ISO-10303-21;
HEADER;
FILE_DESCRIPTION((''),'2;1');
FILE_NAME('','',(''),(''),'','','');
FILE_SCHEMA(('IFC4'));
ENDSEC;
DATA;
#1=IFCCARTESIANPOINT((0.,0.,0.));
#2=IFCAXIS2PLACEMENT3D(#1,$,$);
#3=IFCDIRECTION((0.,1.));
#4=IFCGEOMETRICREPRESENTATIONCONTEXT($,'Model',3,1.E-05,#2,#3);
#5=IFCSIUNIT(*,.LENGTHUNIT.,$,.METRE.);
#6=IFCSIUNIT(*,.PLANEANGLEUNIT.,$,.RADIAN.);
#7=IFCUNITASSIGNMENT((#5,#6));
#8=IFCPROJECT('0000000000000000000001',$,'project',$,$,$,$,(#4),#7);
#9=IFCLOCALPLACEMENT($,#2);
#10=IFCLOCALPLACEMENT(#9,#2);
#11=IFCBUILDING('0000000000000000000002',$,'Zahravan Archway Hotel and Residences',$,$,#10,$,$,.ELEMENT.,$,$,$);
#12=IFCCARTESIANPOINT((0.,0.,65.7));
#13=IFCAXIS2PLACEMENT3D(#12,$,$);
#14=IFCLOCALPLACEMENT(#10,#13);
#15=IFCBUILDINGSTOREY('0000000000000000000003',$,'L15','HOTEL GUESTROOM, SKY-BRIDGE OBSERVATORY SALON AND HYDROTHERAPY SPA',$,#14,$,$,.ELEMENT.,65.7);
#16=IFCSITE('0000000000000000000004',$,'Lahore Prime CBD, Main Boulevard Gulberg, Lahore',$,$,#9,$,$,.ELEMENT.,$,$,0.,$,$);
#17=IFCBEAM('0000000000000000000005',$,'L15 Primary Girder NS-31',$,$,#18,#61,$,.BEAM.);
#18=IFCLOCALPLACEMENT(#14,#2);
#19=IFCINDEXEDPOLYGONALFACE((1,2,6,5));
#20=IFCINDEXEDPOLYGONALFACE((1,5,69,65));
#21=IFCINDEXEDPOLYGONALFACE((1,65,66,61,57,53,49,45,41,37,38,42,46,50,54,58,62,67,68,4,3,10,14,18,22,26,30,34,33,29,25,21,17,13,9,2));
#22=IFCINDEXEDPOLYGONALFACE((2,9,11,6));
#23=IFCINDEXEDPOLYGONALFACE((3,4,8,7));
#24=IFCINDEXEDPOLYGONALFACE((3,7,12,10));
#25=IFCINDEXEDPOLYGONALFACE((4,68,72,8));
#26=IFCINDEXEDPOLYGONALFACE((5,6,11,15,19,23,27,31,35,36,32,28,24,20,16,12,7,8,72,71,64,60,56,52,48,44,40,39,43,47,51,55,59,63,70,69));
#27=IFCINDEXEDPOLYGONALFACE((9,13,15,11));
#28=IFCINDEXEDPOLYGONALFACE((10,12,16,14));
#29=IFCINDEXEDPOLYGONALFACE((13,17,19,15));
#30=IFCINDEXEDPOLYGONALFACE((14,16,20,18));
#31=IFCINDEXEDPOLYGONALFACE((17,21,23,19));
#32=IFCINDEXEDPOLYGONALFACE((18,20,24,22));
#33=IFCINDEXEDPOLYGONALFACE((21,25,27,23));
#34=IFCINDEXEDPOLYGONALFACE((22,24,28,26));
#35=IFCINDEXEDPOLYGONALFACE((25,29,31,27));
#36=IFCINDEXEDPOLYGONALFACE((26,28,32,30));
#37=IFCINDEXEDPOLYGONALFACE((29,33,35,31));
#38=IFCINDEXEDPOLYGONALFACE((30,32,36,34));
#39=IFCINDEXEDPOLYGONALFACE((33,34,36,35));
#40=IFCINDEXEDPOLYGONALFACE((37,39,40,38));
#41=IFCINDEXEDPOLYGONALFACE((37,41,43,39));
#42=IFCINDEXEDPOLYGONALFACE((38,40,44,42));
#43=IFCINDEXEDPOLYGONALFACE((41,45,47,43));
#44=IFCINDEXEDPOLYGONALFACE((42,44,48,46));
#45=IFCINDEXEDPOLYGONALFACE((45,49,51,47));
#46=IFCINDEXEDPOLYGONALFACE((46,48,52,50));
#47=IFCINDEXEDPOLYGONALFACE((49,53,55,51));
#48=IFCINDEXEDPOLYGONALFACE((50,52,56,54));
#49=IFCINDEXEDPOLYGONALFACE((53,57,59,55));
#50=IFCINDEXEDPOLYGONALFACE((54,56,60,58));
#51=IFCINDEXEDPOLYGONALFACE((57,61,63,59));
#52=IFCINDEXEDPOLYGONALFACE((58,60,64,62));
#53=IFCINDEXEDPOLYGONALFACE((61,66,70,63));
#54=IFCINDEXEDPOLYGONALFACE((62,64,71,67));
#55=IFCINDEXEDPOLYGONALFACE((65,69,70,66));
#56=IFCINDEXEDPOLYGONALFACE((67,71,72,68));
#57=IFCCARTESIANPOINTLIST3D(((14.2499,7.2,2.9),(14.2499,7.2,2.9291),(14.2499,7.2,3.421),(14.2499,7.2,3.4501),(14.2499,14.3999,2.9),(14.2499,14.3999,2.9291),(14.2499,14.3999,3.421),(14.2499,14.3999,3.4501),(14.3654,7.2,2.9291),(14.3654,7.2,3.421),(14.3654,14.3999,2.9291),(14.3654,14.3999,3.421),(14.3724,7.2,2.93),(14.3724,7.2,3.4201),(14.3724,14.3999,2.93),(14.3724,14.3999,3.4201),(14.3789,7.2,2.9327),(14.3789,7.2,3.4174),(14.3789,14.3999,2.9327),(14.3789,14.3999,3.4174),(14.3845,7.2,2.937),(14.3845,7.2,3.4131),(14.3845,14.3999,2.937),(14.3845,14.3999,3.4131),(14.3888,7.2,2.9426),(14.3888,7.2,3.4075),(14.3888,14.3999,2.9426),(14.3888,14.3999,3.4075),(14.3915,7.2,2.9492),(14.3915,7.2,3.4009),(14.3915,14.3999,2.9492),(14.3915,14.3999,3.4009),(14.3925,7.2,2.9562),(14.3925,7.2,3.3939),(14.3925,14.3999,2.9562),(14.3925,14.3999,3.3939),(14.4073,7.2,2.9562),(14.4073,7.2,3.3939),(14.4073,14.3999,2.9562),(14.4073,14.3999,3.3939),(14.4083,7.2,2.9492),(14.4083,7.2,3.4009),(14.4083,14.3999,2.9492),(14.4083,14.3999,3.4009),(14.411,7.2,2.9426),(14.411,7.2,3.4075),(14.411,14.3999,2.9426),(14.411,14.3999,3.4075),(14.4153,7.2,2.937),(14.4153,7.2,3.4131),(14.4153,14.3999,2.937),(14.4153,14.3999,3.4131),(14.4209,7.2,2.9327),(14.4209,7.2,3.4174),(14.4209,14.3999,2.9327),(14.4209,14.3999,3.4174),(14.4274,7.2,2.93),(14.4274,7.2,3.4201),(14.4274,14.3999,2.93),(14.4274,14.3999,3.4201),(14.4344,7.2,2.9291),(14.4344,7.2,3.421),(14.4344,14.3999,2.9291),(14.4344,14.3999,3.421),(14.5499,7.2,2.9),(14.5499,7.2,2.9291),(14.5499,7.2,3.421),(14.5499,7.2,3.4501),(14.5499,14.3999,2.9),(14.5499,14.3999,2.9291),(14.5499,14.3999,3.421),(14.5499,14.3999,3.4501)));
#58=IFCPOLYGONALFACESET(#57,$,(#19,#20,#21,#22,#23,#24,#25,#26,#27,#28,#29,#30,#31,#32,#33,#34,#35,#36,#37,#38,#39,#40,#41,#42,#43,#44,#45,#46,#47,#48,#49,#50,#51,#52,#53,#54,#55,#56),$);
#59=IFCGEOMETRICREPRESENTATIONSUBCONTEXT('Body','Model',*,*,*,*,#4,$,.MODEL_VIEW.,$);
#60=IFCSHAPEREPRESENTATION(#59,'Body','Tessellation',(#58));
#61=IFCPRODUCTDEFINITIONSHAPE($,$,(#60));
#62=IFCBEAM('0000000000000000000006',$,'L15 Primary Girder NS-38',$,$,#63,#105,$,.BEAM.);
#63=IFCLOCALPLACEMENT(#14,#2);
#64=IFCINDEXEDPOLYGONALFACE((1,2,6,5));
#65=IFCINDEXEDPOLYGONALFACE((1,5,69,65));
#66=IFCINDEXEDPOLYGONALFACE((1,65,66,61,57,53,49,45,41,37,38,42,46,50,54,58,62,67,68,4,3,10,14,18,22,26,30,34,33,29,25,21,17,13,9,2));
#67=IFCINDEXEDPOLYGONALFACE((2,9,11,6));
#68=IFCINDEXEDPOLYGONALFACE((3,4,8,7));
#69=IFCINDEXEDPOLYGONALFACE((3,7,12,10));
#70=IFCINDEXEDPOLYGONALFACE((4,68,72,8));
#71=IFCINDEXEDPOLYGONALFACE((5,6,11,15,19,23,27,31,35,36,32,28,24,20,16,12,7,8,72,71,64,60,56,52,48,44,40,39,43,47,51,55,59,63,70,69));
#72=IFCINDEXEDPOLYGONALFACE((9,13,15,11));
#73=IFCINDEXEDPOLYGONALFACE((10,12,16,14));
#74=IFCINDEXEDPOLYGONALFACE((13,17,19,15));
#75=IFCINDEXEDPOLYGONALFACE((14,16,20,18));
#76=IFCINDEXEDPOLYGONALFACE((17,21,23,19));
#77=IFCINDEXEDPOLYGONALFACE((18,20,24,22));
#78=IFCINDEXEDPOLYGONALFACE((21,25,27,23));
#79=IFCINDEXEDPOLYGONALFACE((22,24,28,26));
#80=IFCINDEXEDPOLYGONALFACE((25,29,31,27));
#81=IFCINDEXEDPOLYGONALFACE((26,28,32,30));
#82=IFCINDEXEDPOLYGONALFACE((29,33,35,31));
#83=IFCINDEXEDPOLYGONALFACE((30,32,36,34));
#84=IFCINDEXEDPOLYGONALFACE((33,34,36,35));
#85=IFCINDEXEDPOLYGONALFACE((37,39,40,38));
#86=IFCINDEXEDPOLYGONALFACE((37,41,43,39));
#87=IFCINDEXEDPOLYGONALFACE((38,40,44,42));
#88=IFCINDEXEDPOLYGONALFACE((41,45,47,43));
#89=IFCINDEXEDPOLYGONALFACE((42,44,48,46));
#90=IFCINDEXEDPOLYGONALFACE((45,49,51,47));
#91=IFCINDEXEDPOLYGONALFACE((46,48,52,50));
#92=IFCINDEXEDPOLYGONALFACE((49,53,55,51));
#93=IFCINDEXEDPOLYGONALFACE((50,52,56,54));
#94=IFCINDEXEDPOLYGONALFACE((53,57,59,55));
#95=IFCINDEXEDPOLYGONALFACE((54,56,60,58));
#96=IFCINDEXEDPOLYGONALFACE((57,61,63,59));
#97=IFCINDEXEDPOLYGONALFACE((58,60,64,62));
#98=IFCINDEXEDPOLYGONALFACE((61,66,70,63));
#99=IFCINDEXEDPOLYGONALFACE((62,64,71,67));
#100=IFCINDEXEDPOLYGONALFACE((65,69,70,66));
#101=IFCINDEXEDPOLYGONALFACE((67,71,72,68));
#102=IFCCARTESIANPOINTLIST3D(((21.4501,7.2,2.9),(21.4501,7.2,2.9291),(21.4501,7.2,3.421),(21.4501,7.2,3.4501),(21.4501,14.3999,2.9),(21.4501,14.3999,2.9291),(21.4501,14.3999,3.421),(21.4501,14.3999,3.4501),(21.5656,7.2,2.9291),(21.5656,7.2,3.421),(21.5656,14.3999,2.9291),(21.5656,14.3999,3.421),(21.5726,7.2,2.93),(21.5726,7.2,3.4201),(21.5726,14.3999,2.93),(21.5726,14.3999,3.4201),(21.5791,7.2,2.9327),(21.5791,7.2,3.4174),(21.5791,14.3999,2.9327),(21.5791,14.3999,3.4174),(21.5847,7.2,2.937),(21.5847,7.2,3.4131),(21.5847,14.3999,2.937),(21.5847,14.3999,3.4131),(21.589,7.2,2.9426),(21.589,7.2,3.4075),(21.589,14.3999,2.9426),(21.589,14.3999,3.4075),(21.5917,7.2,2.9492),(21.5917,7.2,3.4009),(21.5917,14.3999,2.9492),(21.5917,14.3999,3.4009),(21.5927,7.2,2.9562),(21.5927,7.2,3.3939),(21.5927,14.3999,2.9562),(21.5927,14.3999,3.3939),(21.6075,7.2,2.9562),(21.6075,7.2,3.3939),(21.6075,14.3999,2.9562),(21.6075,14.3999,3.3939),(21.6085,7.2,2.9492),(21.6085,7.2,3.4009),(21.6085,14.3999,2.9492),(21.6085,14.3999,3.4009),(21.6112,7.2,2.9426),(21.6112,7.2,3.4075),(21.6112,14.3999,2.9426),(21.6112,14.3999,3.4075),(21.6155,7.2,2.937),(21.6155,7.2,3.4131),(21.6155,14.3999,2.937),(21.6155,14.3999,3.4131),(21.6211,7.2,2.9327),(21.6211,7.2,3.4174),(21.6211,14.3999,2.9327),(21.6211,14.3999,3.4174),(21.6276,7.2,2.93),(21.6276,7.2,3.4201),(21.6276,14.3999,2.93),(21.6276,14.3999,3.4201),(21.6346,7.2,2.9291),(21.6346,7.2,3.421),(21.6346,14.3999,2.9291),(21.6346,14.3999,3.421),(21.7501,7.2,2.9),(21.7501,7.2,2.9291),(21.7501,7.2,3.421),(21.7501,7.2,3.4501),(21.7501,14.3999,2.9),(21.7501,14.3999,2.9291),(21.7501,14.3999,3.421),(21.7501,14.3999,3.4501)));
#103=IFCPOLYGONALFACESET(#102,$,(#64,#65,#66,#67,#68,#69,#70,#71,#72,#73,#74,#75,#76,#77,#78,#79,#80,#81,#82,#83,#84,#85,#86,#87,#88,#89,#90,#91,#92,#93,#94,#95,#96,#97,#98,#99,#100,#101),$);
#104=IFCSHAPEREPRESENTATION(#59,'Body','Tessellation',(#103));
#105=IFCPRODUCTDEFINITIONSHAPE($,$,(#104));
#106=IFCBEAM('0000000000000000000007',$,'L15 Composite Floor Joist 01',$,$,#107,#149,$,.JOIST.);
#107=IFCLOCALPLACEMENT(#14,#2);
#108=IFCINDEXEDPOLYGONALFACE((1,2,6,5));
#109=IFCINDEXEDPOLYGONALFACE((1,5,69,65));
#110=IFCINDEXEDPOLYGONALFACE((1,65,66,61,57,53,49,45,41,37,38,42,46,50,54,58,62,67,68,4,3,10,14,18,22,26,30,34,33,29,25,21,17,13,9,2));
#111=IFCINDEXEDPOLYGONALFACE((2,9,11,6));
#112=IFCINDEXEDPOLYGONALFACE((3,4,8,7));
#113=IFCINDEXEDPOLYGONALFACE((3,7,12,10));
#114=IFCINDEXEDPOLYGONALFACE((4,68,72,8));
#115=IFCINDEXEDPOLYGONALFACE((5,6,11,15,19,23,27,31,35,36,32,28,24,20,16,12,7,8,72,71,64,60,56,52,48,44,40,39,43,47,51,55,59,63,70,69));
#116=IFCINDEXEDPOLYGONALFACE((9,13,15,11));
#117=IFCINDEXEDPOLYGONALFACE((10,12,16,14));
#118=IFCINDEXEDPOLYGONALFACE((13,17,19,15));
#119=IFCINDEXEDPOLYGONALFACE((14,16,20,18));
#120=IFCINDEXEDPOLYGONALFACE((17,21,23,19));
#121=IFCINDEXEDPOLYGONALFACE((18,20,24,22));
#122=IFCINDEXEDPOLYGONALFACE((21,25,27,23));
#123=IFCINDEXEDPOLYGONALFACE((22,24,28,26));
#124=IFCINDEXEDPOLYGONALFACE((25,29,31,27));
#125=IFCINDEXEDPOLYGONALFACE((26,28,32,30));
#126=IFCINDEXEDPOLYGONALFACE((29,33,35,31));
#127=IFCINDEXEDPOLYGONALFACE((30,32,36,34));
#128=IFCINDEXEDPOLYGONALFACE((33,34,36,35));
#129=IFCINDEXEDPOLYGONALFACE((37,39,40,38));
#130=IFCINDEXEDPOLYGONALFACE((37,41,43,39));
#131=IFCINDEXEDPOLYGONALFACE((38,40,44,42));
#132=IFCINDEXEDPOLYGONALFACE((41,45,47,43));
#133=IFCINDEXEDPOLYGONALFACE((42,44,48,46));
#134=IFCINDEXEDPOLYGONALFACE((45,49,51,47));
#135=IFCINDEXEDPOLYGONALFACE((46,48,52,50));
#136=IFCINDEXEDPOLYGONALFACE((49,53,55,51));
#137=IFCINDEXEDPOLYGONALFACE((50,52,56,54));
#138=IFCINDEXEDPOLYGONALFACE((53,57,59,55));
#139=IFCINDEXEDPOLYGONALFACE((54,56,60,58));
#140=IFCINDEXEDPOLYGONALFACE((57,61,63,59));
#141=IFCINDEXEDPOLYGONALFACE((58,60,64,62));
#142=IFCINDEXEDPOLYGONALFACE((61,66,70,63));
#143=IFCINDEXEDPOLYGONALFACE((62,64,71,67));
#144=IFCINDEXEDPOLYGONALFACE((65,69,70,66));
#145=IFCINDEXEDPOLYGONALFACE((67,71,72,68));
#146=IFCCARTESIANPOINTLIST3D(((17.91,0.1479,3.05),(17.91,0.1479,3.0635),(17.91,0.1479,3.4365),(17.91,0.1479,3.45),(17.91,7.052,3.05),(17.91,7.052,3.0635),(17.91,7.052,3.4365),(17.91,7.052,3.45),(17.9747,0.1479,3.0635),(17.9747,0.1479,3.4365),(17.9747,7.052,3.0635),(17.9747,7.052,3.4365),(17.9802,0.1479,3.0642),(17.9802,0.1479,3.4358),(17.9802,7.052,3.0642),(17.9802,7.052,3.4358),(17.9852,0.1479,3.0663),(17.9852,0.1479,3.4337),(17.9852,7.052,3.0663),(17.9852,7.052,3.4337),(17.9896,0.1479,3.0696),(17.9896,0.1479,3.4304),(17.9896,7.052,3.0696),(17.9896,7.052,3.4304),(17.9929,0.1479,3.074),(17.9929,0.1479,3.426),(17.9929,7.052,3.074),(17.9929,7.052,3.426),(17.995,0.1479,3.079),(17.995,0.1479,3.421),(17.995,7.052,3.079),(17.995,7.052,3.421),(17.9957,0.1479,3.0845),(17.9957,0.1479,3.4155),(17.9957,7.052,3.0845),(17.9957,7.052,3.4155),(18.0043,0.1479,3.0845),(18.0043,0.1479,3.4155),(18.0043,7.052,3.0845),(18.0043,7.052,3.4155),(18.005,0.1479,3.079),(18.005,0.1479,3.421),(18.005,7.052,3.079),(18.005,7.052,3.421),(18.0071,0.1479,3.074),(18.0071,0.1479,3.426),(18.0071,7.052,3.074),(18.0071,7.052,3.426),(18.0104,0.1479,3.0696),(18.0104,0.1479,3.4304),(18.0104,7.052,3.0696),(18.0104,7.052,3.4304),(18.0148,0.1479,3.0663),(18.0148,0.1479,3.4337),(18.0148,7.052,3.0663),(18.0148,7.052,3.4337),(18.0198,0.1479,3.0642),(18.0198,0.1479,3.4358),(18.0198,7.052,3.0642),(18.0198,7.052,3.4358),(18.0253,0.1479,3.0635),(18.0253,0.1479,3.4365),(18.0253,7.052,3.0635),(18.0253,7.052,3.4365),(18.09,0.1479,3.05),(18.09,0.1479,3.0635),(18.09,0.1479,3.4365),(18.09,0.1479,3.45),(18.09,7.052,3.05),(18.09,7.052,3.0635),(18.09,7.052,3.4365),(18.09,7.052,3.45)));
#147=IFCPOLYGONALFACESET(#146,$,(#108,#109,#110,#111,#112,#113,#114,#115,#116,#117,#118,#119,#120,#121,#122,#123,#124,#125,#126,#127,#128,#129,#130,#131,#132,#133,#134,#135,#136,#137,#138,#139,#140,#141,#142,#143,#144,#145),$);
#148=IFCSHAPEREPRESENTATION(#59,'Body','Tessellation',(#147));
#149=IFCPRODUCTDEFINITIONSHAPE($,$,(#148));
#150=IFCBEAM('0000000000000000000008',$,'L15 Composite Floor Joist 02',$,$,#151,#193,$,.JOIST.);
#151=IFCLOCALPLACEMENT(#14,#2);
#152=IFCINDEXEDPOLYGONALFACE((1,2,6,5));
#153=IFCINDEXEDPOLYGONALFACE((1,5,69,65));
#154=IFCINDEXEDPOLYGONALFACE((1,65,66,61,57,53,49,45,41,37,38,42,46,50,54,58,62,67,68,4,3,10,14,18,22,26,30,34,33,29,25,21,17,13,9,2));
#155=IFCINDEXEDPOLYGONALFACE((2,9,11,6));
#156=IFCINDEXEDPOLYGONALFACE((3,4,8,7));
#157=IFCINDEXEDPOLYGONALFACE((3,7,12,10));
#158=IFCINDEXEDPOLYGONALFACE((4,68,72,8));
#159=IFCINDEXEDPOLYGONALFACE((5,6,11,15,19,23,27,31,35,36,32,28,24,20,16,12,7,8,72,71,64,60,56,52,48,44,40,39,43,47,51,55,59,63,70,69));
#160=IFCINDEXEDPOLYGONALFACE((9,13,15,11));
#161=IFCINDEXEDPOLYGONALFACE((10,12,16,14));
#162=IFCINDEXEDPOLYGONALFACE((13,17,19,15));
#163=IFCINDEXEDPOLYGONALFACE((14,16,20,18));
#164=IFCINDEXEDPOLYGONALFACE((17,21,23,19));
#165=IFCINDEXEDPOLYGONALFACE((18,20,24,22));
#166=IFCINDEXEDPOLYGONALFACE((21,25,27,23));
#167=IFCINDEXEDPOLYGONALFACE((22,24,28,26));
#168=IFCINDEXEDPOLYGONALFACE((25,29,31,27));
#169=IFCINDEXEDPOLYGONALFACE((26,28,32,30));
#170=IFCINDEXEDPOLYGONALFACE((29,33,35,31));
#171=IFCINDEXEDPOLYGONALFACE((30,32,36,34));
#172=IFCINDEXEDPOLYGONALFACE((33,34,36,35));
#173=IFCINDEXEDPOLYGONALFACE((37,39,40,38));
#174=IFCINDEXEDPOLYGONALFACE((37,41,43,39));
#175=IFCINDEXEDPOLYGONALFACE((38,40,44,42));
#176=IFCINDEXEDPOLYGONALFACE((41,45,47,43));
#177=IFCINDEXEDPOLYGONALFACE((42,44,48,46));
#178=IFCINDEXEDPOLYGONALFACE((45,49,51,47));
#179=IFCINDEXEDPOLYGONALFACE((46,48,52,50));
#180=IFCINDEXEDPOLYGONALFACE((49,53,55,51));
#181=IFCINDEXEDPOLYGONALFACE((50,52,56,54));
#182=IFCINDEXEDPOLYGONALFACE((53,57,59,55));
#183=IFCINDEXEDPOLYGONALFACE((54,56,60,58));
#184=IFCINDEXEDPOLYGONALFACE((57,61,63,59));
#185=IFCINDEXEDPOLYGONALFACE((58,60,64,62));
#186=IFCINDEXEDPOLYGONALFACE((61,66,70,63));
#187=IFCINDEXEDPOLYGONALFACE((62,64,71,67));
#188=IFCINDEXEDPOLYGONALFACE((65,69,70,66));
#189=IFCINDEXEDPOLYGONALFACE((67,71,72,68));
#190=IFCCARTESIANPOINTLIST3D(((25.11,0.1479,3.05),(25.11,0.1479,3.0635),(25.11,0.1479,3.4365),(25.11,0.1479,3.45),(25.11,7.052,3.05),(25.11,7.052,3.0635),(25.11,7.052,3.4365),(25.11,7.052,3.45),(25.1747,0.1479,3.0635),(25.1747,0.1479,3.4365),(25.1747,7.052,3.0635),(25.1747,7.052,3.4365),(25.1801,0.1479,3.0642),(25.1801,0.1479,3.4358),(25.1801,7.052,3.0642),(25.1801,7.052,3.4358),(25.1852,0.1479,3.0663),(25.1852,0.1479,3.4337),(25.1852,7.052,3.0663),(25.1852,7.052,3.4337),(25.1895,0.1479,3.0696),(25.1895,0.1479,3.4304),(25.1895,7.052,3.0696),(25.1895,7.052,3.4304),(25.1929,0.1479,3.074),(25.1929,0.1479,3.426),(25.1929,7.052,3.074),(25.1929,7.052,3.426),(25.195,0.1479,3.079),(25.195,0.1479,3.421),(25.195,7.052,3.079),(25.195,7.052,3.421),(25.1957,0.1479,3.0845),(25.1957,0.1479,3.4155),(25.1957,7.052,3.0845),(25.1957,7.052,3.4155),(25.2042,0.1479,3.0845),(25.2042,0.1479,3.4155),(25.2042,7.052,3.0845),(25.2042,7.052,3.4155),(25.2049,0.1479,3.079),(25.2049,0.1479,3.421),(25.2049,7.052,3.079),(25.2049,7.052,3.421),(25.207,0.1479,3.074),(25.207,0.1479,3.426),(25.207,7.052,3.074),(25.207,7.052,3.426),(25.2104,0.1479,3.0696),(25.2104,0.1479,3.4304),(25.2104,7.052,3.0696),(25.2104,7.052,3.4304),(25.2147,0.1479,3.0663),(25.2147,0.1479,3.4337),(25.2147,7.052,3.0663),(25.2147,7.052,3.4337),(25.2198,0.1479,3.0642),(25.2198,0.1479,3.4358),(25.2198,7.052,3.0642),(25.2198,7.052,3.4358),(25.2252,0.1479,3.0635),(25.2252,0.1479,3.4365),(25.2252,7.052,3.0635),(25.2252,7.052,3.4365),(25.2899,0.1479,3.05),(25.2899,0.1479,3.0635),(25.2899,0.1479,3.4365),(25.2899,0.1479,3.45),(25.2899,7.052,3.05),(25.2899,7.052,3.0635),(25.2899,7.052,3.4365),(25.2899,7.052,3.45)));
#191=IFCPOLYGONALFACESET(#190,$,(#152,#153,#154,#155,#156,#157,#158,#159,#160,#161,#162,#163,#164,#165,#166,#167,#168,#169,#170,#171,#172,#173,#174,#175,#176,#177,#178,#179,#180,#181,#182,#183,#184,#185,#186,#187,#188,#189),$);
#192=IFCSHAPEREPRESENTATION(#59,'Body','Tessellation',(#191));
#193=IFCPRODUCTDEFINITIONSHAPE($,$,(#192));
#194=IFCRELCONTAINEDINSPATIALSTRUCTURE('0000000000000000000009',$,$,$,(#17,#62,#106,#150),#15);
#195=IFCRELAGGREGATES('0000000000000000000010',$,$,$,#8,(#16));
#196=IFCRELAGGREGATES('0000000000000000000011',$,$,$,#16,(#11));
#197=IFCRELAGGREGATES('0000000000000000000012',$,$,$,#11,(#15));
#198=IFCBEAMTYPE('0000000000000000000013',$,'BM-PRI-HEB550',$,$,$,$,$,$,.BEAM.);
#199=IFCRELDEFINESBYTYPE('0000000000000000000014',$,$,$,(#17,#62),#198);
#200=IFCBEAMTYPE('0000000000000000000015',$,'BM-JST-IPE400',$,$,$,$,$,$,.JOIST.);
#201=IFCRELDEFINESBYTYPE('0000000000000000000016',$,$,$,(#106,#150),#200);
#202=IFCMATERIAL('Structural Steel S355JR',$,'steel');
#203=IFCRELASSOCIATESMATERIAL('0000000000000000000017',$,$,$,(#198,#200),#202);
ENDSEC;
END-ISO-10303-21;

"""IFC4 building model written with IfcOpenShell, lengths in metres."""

from ifc_helpers import new_model, si_unit, direction, frame, origin, origin_2d, place, context, subcontext, project, spatial, i_section, extrude, source, transform, mapped, material, material_profile, profile_set, type_object, type_shapes, element, save


model = new_model("IFC4")

# Units and contexts
model_context = context("Model", 3, precision=1e-05, world=origin(), true_north=direction((0.0, 1.0)))
body_context = subcontext(model_context, "Body", "Model", "MODEL_VIEW")
ifc_project = project(units=[si_unit("LENGTHUNIT", "METRE"), si_unit("PLANEANGLEUNIT", "RADIAN")], contexts=[model_context])

# Site, building, storey
site_placement = place(None, origin())
site = spatial("IfcSite", under=ifc_project, at=site_placement, Name="Lahore Prime CBD, Main Boulevard Gulberg, Lahore", CompositionType="ELEMENT", RefElevation=0.0)
building_placement = place(site_placement, origin())
building = spatial("IfcBuilding", under=site, at=building_placement, Name="Zahravan Archway Hotel and Residences", CompositionType="ELEMENT")
storey_placement = place(building_placement, frame((0.0, 0.0, 65.7)))
storey = spatial("IfcBuildingStorey", under=building, at=storey_placement, Name="L15", Description="HOTEL GUESTROOM, SKY-BRIDGE OBSERVATORY SALON AND HYDROTHERAPY SPA", CompositionType="ELEMENT", Elevation=65.7)

# Beams
ifc_material_1 = material(Name="Structural Steel S355JR", Category="steel")
ifc_material_profile_1 = material_profile(ifc_material_1, i_section(OverallWidth=0.3, OverallDepth=0.55, WebThickness=0.0149, FlangeThickness=0.0291, FilletRadius=0.0271, at=origin_2d()), Name="HEB 550", Category="steel")
ifc_profile_set_1 = profile_set([ifc_material_profile_1], Name="Structural Steel S355JR")
beam_type_1 = type_object("IfcBeamType", Name="BM-PRI-HEB550", PredefinedType="BEAM", material=ifc_profile_set_1)
shared_shape_1 = source(origin(), body_context, "Body", "SweptSolid", [
    extrude(i_section(OverallWidth=0.3, OverallDepth=0.55, WebThickness=0.0149, FlangeThickness=0.0291, FilletRadius=0.0271, at=origin_2d()), origin(), (0.0, 0.0, 1.0), 7.2),
])
for number, where, z_axis, x_axis, name in (
    (1, (14.3999, 7.2, 3.175), (0.0, 1.0, 0.0), (-1.0, 0.0, 0.0), "L15 Primary Girder NS-31"),
    (2, (21.6001, 7.2, 3.175), (0.0, 1.0, 0.0), (-1.0, 0.0, 0.0), "L15 Primary Girder NS-38"),
):
    element("IfcBeam", number, at=place(storey_placement, frame(where, z_axis=z_axis, x_axis=x_axis)), inside=storey, type_object=beam_type_1, Name=name, PredefinedType="BEAM", context=body_context, shape_type="MappedRepresentation", body=[
        mapped(shared_shape_1, transform((0.0, 0.0, 0.0), scale=1.0)),
    ])
ifc_material_profile_2 = material_profile(ifc_material_1, i_section(OverallWidth=0.1799, OverallDepth=0.3999, WebThickness=0.0085, FlangeThickness=0.0134, FilletRadius=0.021, at=origin_2d()), Name="IPE 400", Category="steel")
ifc_profile_set_2 = profile_set([ifc_material_profile_2], Name="Structural Steel S355JR")
beam_type_2 = type_object("IfcBeamType", Name="BM-JST-IPE400", PredefinedType="JOIST", material=ifc_profile_set_2)
shared_shape_2 = source(origin(), body_context, "Body", "SweptSolid", [
    extrude(i_section(OverallWidth=0.1799, OverallDepth=0.3999, WebThickness=0.0085, FlangeThickness=0.0134, FilletRadius=0.021, at=origin_2d()), origin(), (0.0, 0.0, 1.0), 6.9041),
])
type_shapes(beam_type_2, [shared_shape_2])
for number, where, z_axis, x_axis, name in (
    (3, (18.0, 0.1479, 3.25), (0.0, 1.0, 0.0), (-1.0, 0.0, 0.0), "L15 Composite Floor Joist 01"),
    (4, (25.2, 0.1479, 3.25), (0.0, 1.0, 0.0), (-1.0, 0.0, 0.0), "L15 Composite Floor Joist 02"),
):
    element("IfcBeam", number, at=place(storey_placement, frame(where, z_axis=z_axis, x_axis=x_axis)), inside=storey, type_object=beam_type_2, Name=name, PredefinedType="JOIST", context=body_context, shape_type="MappedRepresentation", body=[
        mapped(shared_shape_2, transform((0.0, 0.0, 0.0), scale=1.0)),
    ])

save(model, "model.ifc")
